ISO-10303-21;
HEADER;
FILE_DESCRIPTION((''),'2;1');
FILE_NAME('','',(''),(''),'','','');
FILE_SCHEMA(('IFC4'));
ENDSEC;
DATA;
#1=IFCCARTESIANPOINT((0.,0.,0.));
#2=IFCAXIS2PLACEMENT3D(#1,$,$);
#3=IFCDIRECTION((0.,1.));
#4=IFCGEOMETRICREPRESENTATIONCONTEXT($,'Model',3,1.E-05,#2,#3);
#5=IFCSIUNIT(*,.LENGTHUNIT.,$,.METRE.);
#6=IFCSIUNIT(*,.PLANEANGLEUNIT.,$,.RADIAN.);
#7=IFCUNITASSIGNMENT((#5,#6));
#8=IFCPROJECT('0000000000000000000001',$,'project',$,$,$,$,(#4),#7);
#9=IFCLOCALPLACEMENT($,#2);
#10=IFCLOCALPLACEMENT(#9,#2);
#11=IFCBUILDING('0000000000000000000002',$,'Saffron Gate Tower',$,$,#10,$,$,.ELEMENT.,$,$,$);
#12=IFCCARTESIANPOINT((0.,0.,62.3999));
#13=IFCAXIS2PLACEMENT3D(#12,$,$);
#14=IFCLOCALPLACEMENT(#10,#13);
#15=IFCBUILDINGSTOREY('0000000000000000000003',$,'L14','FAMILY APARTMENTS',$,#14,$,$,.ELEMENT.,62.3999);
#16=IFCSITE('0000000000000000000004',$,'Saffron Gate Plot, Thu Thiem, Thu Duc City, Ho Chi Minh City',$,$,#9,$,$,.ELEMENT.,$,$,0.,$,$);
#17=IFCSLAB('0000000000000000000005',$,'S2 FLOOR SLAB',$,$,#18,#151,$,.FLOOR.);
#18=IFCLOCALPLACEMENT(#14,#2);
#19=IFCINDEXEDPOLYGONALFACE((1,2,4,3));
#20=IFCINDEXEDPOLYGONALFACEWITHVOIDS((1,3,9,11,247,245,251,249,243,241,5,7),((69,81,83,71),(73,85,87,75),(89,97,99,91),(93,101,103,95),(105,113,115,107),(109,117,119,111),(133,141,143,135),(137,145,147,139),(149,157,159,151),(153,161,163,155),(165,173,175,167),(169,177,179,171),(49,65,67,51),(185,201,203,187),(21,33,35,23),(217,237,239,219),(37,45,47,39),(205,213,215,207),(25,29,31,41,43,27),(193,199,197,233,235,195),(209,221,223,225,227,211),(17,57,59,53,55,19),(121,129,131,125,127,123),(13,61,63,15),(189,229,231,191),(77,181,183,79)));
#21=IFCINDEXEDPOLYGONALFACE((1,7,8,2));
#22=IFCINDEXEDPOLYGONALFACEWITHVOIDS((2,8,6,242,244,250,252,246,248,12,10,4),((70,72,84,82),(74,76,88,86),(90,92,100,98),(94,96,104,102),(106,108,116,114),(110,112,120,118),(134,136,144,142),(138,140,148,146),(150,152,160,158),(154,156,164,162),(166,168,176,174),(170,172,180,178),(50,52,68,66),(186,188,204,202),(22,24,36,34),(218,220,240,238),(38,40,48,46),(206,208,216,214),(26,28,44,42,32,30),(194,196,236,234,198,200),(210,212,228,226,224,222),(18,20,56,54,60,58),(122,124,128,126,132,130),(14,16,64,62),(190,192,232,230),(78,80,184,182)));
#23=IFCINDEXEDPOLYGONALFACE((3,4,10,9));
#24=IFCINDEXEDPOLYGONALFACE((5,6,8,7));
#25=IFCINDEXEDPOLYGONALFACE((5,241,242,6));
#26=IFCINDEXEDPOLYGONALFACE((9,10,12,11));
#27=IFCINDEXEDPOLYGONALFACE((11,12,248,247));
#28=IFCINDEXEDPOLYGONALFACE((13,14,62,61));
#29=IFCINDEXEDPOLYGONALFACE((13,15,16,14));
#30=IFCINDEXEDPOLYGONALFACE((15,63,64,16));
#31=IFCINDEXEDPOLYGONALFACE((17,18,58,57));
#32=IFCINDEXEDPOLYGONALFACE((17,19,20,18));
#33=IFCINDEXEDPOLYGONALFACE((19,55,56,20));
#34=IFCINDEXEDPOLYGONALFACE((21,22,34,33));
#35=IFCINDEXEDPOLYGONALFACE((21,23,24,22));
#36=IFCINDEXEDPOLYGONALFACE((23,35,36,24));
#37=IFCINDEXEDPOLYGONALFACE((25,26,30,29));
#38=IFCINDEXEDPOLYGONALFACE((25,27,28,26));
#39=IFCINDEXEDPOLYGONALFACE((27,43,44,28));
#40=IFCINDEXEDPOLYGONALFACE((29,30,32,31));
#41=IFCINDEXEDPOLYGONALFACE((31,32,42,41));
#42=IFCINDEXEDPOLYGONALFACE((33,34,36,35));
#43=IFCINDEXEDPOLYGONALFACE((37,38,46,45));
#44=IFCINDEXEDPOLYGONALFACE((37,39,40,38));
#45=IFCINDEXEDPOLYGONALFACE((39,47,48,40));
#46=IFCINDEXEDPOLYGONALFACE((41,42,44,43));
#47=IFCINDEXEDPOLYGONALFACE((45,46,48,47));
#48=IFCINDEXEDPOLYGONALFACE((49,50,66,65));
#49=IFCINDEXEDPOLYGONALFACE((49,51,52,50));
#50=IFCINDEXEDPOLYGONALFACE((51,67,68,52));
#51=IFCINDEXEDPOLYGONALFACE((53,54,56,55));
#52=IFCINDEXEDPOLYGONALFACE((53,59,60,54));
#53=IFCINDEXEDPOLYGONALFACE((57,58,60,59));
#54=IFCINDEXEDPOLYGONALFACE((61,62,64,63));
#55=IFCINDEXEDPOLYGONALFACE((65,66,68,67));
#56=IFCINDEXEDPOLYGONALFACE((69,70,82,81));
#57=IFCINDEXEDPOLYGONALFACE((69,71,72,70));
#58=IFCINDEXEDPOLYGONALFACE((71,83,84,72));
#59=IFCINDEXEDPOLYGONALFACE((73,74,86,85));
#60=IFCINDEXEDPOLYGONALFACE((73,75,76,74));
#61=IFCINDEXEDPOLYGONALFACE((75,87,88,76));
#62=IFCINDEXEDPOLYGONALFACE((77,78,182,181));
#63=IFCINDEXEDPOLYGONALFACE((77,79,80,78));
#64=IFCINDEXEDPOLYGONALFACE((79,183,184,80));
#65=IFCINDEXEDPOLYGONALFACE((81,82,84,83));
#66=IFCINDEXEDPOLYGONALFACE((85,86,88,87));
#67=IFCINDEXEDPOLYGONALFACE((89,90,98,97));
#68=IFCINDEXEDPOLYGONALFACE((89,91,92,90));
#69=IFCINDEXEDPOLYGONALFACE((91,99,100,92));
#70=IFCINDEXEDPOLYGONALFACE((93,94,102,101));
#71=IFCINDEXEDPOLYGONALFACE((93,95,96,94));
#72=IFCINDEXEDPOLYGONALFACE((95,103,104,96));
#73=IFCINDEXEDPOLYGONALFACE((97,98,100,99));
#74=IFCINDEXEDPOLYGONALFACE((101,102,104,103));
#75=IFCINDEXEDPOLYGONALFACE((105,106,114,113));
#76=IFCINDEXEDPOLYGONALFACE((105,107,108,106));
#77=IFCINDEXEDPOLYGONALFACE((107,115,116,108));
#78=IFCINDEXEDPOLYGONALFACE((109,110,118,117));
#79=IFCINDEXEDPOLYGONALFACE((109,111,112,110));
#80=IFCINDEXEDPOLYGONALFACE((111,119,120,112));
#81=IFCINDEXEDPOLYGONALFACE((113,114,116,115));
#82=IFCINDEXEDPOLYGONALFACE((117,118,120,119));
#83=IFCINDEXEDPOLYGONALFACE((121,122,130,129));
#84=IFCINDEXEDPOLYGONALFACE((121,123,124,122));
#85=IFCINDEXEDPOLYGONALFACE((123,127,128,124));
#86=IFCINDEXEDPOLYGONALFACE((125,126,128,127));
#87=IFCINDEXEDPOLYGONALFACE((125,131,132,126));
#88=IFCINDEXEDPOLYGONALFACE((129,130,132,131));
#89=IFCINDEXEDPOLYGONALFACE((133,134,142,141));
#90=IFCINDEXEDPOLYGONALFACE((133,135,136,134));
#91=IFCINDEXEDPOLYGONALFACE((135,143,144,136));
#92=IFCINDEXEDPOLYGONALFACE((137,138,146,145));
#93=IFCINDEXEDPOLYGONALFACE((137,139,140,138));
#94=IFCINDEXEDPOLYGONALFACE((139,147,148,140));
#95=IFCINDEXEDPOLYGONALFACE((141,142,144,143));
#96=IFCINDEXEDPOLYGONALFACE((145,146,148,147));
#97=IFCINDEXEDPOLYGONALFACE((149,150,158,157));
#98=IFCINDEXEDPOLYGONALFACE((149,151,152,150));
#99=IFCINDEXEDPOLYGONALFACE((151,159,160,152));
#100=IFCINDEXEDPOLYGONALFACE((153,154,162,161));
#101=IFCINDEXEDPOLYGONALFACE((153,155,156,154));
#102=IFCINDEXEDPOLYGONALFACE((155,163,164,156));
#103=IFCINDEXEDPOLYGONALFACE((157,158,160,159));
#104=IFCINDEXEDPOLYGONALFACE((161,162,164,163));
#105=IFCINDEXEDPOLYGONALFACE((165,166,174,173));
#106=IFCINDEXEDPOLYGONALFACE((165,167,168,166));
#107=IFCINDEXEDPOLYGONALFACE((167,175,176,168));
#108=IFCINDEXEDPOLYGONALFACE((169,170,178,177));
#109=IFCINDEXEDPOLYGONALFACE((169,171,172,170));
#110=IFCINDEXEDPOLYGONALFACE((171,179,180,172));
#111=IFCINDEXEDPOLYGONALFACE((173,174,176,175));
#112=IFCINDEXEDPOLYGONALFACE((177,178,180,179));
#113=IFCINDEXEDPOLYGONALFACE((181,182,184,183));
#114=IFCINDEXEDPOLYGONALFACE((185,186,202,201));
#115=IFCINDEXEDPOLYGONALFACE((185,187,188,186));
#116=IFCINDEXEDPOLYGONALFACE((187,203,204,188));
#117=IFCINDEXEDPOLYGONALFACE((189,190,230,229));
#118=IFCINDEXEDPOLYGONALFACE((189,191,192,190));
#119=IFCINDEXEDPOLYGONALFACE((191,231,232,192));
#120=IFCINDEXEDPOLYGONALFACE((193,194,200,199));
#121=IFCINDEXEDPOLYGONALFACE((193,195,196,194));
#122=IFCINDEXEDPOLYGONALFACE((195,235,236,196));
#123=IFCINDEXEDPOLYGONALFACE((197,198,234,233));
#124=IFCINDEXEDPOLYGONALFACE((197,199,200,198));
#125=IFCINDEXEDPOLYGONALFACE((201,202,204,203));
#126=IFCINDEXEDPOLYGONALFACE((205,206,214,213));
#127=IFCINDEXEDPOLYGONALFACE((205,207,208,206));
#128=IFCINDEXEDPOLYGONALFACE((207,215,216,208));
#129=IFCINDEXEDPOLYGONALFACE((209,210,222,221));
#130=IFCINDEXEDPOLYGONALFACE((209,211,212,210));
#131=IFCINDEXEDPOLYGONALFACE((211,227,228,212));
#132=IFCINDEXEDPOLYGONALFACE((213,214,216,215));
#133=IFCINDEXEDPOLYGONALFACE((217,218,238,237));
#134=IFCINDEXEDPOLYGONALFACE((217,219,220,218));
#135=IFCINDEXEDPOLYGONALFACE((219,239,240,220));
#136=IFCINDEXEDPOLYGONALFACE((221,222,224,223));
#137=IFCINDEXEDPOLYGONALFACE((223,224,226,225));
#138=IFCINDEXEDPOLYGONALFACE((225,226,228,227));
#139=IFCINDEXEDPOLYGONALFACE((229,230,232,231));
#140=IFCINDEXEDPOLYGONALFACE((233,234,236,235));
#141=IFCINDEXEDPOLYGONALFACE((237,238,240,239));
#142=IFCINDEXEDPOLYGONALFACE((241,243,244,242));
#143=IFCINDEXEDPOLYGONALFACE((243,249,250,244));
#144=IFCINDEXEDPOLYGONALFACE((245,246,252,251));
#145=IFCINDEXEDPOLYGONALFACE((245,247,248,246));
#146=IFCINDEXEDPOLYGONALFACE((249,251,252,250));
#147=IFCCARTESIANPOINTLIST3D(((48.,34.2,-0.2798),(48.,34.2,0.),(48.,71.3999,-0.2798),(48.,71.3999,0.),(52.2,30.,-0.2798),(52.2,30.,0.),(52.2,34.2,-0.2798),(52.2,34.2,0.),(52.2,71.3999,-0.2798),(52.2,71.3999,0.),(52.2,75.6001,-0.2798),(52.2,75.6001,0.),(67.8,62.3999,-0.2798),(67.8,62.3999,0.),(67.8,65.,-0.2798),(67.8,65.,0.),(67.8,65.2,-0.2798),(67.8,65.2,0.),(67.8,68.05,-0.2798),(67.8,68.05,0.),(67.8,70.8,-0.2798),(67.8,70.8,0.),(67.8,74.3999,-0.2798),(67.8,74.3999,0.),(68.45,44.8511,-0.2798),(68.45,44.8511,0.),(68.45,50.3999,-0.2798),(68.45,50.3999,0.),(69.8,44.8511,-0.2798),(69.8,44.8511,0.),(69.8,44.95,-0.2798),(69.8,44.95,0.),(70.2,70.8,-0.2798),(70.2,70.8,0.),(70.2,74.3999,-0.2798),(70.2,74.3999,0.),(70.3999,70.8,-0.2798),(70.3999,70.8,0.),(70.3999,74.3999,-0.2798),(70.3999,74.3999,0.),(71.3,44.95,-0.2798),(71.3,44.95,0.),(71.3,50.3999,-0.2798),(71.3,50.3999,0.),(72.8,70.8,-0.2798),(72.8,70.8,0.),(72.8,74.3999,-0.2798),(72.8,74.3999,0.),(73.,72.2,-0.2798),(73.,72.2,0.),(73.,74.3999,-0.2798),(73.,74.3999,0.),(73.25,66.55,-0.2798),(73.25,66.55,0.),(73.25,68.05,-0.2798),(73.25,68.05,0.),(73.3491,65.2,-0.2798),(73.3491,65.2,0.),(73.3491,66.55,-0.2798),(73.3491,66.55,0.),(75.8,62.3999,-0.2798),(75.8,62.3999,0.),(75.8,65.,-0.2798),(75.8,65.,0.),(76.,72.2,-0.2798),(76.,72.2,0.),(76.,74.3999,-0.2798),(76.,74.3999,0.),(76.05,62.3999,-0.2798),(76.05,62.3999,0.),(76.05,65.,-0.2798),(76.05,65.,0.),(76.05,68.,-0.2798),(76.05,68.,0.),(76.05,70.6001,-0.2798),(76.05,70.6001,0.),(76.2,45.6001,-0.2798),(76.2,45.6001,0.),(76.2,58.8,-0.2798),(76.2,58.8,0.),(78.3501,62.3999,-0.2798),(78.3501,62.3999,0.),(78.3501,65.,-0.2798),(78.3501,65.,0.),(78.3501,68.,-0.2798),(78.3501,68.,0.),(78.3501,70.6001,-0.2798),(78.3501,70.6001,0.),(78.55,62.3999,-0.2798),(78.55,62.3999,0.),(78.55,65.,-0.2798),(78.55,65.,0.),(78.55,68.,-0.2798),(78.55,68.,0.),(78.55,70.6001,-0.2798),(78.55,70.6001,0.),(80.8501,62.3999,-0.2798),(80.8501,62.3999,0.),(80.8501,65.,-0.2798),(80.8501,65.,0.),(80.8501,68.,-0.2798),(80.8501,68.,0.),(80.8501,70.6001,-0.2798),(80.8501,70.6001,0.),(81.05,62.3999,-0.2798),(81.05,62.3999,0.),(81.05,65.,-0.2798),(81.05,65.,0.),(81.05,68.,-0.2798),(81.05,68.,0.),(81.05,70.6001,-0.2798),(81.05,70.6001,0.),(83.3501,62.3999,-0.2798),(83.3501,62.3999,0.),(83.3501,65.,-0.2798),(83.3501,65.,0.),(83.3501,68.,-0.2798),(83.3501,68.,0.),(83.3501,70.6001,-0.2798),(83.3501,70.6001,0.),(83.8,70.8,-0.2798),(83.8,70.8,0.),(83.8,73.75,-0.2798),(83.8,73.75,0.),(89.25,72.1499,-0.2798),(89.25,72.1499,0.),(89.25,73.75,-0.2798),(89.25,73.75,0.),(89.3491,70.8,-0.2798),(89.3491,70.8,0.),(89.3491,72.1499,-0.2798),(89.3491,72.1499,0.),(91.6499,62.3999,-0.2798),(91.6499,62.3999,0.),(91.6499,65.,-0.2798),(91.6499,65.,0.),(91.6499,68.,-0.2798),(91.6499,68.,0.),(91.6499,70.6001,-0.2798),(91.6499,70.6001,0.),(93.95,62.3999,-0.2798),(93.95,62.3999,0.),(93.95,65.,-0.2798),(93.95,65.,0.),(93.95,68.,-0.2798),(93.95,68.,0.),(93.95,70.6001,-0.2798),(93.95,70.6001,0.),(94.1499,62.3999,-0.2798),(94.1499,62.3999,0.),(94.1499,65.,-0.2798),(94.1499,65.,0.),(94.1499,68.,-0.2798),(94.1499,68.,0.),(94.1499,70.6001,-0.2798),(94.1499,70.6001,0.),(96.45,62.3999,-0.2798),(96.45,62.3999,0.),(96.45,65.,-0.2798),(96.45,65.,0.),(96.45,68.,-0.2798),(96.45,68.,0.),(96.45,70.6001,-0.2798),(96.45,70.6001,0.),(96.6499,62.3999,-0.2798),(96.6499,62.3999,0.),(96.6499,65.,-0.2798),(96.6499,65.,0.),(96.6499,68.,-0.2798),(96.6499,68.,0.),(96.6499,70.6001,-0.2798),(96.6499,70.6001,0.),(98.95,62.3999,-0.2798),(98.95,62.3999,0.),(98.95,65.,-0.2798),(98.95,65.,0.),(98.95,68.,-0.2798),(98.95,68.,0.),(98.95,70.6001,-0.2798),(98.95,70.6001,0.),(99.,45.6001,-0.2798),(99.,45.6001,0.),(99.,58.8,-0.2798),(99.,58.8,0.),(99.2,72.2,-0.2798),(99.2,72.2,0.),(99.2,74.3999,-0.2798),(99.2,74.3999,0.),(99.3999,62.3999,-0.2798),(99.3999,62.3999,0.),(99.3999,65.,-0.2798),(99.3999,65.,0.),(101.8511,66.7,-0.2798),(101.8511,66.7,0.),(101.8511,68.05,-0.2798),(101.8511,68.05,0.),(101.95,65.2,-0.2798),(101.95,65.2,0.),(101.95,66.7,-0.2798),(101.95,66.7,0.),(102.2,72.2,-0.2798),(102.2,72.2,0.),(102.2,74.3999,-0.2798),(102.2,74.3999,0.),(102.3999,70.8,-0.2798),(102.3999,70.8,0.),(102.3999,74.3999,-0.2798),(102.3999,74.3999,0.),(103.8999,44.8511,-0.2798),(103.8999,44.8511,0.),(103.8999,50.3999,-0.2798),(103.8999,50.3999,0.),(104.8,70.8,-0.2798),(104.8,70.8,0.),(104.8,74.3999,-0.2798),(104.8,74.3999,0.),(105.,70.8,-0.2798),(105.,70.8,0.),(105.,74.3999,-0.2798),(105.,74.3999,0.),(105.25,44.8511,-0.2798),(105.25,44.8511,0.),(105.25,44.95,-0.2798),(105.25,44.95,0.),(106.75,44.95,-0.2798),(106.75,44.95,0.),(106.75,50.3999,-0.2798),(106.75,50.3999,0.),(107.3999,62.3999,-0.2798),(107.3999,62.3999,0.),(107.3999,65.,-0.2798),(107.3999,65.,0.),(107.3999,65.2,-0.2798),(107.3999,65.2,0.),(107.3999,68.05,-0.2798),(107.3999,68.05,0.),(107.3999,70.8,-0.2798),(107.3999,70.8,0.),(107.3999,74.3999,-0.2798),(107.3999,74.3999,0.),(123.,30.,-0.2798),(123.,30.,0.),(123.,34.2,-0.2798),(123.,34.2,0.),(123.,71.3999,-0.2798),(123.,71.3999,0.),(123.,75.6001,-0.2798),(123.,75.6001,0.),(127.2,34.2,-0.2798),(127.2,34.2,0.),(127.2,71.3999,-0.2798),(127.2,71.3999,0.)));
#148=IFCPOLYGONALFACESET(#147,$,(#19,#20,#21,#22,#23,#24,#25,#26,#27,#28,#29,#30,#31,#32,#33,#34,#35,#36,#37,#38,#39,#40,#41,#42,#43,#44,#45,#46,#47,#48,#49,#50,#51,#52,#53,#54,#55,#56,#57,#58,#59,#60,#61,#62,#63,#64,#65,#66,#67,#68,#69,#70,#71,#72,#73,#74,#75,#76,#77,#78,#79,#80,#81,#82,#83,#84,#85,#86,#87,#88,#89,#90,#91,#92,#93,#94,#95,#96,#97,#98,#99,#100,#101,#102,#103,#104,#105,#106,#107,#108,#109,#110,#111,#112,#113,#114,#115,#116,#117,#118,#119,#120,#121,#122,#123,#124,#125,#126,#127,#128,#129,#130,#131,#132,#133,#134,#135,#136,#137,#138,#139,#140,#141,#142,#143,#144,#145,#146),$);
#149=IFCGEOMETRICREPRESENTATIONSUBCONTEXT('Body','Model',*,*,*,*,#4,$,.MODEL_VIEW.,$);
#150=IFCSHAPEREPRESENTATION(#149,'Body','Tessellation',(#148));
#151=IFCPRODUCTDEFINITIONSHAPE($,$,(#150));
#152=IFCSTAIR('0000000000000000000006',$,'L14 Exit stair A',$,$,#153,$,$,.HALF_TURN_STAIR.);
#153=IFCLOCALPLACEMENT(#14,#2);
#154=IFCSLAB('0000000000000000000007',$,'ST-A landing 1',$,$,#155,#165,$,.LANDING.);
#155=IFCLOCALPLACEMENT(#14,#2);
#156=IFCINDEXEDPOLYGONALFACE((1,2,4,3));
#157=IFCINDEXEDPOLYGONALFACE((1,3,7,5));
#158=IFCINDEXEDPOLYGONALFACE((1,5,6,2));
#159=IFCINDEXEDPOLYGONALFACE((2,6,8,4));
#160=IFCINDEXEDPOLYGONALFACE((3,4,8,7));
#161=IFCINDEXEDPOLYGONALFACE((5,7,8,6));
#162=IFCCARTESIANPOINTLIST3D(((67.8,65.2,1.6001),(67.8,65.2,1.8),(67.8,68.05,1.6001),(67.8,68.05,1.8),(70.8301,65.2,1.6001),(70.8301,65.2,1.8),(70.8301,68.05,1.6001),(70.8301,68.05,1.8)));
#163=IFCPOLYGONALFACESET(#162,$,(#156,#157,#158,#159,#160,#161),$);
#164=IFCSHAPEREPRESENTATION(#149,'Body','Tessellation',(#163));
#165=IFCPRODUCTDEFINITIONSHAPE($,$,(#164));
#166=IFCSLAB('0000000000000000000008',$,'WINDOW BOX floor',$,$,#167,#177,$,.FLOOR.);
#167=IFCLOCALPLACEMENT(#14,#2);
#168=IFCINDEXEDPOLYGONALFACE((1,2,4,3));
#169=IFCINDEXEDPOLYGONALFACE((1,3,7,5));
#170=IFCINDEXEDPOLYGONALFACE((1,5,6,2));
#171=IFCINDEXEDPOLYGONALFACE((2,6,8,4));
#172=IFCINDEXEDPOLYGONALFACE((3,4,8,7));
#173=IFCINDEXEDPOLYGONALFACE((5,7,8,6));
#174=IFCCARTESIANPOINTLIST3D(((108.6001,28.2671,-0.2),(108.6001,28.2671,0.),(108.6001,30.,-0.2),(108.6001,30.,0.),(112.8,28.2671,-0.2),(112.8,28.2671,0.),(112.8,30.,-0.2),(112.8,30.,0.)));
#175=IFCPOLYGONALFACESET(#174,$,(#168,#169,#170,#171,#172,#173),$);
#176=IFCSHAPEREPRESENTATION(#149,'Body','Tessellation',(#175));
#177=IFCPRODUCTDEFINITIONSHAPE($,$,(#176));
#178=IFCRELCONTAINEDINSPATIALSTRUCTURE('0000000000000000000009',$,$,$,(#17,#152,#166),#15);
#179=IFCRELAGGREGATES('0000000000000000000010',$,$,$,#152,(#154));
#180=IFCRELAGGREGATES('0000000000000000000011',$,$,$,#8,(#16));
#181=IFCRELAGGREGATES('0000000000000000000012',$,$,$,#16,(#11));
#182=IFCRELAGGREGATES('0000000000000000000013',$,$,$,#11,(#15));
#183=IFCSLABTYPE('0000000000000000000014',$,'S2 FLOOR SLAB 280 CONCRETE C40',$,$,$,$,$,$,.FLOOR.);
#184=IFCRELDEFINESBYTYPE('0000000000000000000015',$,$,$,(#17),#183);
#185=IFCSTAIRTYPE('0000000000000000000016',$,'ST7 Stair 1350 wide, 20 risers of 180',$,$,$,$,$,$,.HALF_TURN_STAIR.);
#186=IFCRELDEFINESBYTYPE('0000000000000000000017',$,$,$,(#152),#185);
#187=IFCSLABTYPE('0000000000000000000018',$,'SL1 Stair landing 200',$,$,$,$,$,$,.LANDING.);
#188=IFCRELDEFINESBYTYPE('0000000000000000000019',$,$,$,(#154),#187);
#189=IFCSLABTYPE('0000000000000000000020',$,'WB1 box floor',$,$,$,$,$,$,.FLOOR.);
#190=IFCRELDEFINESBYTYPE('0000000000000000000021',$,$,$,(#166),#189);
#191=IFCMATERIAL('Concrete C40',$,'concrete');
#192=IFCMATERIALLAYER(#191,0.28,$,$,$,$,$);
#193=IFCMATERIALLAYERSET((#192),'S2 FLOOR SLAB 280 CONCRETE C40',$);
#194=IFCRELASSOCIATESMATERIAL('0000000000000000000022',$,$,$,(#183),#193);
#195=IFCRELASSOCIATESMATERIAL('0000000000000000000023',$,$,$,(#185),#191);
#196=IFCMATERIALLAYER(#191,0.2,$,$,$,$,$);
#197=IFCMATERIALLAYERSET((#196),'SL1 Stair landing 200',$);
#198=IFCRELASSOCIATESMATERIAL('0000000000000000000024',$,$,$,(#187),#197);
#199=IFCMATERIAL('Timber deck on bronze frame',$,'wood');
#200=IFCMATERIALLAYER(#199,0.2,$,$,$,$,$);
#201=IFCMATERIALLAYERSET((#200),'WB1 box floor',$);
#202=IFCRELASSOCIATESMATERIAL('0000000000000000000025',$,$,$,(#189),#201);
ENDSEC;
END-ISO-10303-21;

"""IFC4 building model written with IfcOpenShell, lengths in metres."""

from ifc_helpers import new_model, si_unit, direction, frame, origin, place, context, subcontext, project, spatial, polyline, outline, extrude, material, layer, layer_set, type_object, element, aggregate, save


model = new_model("IFC4")

# Units and contexts
model_context = context("Model", 3, precision=1e-05, world=origin(), true_north=direction((0.0, 1.0)))
body_context = subcontext(model_context, "Body", "Model", "MODEL_VIEW")
ifc_project = project(units=[si_unit("LENGTHUNIT", "METRE"), si_unit("PLANEANGLEUNIT", "RADIAN")], contexts=[model_context])

# Site, building, storey
site_placement = place(None, origin())
site = spatial("IfcSite", under=ifc_project, at=site_placement, Name="Saffron Gate Plot, Thu Thiem, Thu Duc City, Ho Chi Minh City", CompositionType="ELEMENT", RefElevation=0.0)
building_placement = place(site_placement, origin())
building = spatial("IfcBuilding", under=site, at=building_placement, Name="Saffron Gate Tower", CompositionType="ELEMENT")
storey_placement = place(building_placement, frame((0.0, 0.0, 62.3999)))
storey = spatial("IfcBuildingStorey", under=building, at=storey_placement, Name="L14", Description="FAMILY APARTMENTS", CompositionType="ELEMENT", Elevation=62.3999)

# Slab
ifc_material_1 = material(Name="Concrete C40", Category="concrete")
ifc_layer_1 = layer(ifc_material_1, 0.28)
ifc_layer_set_1 = layer_set([ifc_layer_1], Name="S2 FLOOR SLAB 280 CONCRETE C40")
slab_type_1 = type_object("IfcSlabType", Name="S2 FLOOR SLAB 280 CONCRETE C40", PredefinedType="FLOOR", material=ifc_layer_set_1)
slab_1_placement = place(storey_placement, frame((0.0, 0.0, -0.2798)))
element("IfcSlab", 1, at=slab_1_placement, inside=storey, type_object=slab_type_1, Name="S2 FLOOR SLAB", PredefinedType="FLOOR", context=body_context, shape_type="SweptSolid", body=[
    extrude(outline(polyline([(48.0, 34.2), (52.2, 34.2), (52.2, 30.0), (123.0, 30.0), (123.0, 34.2), (127.2, 34.2), (127.2, 71.3999), (123.0, 71.3999), (123.0, 75.6001), (52.2, 75.6001), (52.2, 71.3999), (48.0, 71.3999), (48.0, 34.2)]), holes=[polyline([(67.8, 62.3999), (67.8, 65.0), (75.8, 65.0), (75.8, 62.3999), (67.8, 62.3999)]), polyline([(67.8, 65.2), (67.8, 68.05), (73.25, 68.05), (73.25, 66.55), (73.3491, 66.55), (73.3491, 65.2), (67.8, 65.2)]), polyline([(67.8, 70.8), (67.8, 74.3999), (70.2, 74.3999), (70.2, 70.8), (67.8, 70.8)]), polyline([(68.45, 44.8511), (68.45, 50.3999), (71.3, 50.3999), (71.3, 44.95), (69.8, 44.95), (69.8, 44.8511), (68.45, 44.8511)]), polyline([(70.3999, 70.8), (70.3999, 74.3999), (72.8, 74.3999), (72.8, 70.8), (70.3999, 70.8)]), polyline([(73.0, 72.2), (73.0, 74.3999), (76.0, 74.3999), (76.0, 72.2), (73.0, 72.2)]), polyline([(76.05, 62.3999), (76.05, 65.0), (78.3501, 65.0), (78.3501, 62.3999), (76.05, 62.3999)]), polyline([(76.05, 68.0), (76.05, 70.6001), (78.3501, 70.6001), (78.3501, 68.0), (76.05, 68.0)]), polyline([(76.2, 45.6001), (76.2, 58.8), (99.0, 58.8), (99.0, 45.6001), (76.2, 45.6001)]), polyline([(78.55, 62.3999), (78.55, 65.0), (80.8501, 65.0), (80.8501, 62.3999), (78.55, 62.3999)]), polyline([(78.55, 68.0), (78.55, 70.6001), (80.8501, 70.6001), (80.8501, 68.0), (78.55, 68.0)]), polyline([(81.05, 62.3999), (81.05, 65.0), (83.3501, 65.0), (83.3501, 62.3999), (81.05, 62.3999)]), polyline([(81.05, 68.0), (81.05, 70.6001), (83.3501, 70.6001), (83.3501, 68.0), (81.05, 68.0)]), polyline([(83.8, 70.8), (83.8, 73.75), (89.25, 73.75), (89.25, 72.1499), (89.3491, 72.1499), (89.3491, 70.8), (83.8, 70.8)]), polyline([(91.6499, 62.3999), (91.6499, 65.0), (93.95, 65.0), (93.95, 62.3999), (91.6499, 62.3999)]), polyline([(91.6499, 68.0), (91.6499, 70.6001), (93.95, 70.6001), (93.95, 68.0), (91.6499, 68.0)]), polyline([(94.1499, 62.3999), (94.1499, 65.0), (96.45, 65.0), (96.45, 62.3999), (94.1499, 62.3999)]), polyline([(94.1499, 68.0), (94.1499, 70.6001), (96.45, 70.6001), (96.45, 68.0), (94.1499, 68.0)]), polyline([(96.6499, 62.3999), (96.6499, 65.0), (98.95, 65.0), (98.95, 62.3999), (96.6499, 62.3999)]), polyline([(96.6499, 68.0), (96.6499, 70.6001), (98.95, 70.6001), (98.95, 68.0), (96.6499, 68.0)]), polyline([(99.2, 72.2), (99.2, 74.3999), (102.2, 74.3999), (102.2, 72.2), (99.2, 72.2)]), polyline([(99.3999, 62.3999), (99.3999, 65.0), (107.3999, 65.0), (107.3999, 62.3999), (99.3999, 62.3999)]), polyline([(101.8511, 66.7), (101.8511, 68.05), (107.3999, 68.05), (107.3999, 65.2), (101.95, 65.2), (101.95, 66.7), (101.8511, 66.7)]), polyline([(102.3999, 70.8), (102.3999, 74.3999), (104.8, 74.3999), (104.8, 70.8), (102.3999, 70.8)]), polyline([(103.8999, 44.8511), (103.8999, 50.3999), (106.75, 50.3999), (106.75, 44.95), (105.25, 44.95), (105.25, 44.8511), (103.8999, 44.8511)]), polyline([(105.0, 70.8), (105.0, 74.3999), (107.3999, 74.3999), (107.3999, 70.8), (105.0, 70.8)])]), origin(), (0.0, 0.0, 1.0), 0.2798),
])

# Stair, slab
stair_type = type_object("IfcStairType", Name="ST7 Stair 1350 wide, 20 risers of 180", PredefinedType="HALF_TURN_STAIR", material=ifc_material_1)
stair_placement = place(storey_placement, origin())
stair = element("IfcStair", 2, at=stair_placement, inside=storey, type_object=stair_type, Name="L14 Exit stair A", PredefinedType="HALF_TURN_STAIR")
ifc_layer_2 = layer(ifc_material_1, 0.2)
ifc_layer_set_2 = layer_set([ifc_layer_2], Name="SL1 Stair landing 200")
slab_type_2 = type_object("IfcSlabType", Name="SL1 Stair landing 200", PredefinedType="LANDING", material=ifc_layer_set_2)
slab_2_placement = place(storey_placement, frame((0.0, 0.0, 1.6001)))
slab_2 = element("IfcSlab", 3, at=slab_2_placement, type_object=slab_type_2, Name="ST-A landing 1", PredefinedType="LANDING", context=body_context, shape_type="SweptSolid", body=[
    extrude(outline(polyline([(70.8301, 68.05), (67.8, 68.05), (67.8, 65.2), (70.8301, 65.2), (70.8301, 68.05)])), origin(), (0.0, 0.0, 1.0), 0.2),
])
aggregate(stair, [slab_2])

# Slab
ifc_material_2 = material(Name="Timber deck on bronze frame", Category="wood")
ifc_layer_3 = layer(ifc_material_2, 0.2)
ifc_layer_set_3 = layer_set([ifc_layer_3], Name="WB1 box floor")
slab_type_3 = type_object("IfcSlabType", Name="WB1 box floor", PredefinedType="FLOOR", material=ifc_layer_set_3)
slab_3_placement = place(storey_placement, frame((0.0, 0.0, -0.2)))
element("IfcSlab", 4, at=slab_3_placement, inside=storey, type_object=slab_type_3, Name="WINDOW BOX floor", PredefinedType="FLOOR", context=body_context, shape_type="SweptSolid", body=[
    extrude(outline(polyline([(108.6001, 30.0), (112.8, 30.0), (112.8, 28.2671), (108.6001, 28.2671), (108.6001, 30.0)])), origin(), (0.0, 0.0, 1.0), 0.2),
])

save(model, "model.ifc")
